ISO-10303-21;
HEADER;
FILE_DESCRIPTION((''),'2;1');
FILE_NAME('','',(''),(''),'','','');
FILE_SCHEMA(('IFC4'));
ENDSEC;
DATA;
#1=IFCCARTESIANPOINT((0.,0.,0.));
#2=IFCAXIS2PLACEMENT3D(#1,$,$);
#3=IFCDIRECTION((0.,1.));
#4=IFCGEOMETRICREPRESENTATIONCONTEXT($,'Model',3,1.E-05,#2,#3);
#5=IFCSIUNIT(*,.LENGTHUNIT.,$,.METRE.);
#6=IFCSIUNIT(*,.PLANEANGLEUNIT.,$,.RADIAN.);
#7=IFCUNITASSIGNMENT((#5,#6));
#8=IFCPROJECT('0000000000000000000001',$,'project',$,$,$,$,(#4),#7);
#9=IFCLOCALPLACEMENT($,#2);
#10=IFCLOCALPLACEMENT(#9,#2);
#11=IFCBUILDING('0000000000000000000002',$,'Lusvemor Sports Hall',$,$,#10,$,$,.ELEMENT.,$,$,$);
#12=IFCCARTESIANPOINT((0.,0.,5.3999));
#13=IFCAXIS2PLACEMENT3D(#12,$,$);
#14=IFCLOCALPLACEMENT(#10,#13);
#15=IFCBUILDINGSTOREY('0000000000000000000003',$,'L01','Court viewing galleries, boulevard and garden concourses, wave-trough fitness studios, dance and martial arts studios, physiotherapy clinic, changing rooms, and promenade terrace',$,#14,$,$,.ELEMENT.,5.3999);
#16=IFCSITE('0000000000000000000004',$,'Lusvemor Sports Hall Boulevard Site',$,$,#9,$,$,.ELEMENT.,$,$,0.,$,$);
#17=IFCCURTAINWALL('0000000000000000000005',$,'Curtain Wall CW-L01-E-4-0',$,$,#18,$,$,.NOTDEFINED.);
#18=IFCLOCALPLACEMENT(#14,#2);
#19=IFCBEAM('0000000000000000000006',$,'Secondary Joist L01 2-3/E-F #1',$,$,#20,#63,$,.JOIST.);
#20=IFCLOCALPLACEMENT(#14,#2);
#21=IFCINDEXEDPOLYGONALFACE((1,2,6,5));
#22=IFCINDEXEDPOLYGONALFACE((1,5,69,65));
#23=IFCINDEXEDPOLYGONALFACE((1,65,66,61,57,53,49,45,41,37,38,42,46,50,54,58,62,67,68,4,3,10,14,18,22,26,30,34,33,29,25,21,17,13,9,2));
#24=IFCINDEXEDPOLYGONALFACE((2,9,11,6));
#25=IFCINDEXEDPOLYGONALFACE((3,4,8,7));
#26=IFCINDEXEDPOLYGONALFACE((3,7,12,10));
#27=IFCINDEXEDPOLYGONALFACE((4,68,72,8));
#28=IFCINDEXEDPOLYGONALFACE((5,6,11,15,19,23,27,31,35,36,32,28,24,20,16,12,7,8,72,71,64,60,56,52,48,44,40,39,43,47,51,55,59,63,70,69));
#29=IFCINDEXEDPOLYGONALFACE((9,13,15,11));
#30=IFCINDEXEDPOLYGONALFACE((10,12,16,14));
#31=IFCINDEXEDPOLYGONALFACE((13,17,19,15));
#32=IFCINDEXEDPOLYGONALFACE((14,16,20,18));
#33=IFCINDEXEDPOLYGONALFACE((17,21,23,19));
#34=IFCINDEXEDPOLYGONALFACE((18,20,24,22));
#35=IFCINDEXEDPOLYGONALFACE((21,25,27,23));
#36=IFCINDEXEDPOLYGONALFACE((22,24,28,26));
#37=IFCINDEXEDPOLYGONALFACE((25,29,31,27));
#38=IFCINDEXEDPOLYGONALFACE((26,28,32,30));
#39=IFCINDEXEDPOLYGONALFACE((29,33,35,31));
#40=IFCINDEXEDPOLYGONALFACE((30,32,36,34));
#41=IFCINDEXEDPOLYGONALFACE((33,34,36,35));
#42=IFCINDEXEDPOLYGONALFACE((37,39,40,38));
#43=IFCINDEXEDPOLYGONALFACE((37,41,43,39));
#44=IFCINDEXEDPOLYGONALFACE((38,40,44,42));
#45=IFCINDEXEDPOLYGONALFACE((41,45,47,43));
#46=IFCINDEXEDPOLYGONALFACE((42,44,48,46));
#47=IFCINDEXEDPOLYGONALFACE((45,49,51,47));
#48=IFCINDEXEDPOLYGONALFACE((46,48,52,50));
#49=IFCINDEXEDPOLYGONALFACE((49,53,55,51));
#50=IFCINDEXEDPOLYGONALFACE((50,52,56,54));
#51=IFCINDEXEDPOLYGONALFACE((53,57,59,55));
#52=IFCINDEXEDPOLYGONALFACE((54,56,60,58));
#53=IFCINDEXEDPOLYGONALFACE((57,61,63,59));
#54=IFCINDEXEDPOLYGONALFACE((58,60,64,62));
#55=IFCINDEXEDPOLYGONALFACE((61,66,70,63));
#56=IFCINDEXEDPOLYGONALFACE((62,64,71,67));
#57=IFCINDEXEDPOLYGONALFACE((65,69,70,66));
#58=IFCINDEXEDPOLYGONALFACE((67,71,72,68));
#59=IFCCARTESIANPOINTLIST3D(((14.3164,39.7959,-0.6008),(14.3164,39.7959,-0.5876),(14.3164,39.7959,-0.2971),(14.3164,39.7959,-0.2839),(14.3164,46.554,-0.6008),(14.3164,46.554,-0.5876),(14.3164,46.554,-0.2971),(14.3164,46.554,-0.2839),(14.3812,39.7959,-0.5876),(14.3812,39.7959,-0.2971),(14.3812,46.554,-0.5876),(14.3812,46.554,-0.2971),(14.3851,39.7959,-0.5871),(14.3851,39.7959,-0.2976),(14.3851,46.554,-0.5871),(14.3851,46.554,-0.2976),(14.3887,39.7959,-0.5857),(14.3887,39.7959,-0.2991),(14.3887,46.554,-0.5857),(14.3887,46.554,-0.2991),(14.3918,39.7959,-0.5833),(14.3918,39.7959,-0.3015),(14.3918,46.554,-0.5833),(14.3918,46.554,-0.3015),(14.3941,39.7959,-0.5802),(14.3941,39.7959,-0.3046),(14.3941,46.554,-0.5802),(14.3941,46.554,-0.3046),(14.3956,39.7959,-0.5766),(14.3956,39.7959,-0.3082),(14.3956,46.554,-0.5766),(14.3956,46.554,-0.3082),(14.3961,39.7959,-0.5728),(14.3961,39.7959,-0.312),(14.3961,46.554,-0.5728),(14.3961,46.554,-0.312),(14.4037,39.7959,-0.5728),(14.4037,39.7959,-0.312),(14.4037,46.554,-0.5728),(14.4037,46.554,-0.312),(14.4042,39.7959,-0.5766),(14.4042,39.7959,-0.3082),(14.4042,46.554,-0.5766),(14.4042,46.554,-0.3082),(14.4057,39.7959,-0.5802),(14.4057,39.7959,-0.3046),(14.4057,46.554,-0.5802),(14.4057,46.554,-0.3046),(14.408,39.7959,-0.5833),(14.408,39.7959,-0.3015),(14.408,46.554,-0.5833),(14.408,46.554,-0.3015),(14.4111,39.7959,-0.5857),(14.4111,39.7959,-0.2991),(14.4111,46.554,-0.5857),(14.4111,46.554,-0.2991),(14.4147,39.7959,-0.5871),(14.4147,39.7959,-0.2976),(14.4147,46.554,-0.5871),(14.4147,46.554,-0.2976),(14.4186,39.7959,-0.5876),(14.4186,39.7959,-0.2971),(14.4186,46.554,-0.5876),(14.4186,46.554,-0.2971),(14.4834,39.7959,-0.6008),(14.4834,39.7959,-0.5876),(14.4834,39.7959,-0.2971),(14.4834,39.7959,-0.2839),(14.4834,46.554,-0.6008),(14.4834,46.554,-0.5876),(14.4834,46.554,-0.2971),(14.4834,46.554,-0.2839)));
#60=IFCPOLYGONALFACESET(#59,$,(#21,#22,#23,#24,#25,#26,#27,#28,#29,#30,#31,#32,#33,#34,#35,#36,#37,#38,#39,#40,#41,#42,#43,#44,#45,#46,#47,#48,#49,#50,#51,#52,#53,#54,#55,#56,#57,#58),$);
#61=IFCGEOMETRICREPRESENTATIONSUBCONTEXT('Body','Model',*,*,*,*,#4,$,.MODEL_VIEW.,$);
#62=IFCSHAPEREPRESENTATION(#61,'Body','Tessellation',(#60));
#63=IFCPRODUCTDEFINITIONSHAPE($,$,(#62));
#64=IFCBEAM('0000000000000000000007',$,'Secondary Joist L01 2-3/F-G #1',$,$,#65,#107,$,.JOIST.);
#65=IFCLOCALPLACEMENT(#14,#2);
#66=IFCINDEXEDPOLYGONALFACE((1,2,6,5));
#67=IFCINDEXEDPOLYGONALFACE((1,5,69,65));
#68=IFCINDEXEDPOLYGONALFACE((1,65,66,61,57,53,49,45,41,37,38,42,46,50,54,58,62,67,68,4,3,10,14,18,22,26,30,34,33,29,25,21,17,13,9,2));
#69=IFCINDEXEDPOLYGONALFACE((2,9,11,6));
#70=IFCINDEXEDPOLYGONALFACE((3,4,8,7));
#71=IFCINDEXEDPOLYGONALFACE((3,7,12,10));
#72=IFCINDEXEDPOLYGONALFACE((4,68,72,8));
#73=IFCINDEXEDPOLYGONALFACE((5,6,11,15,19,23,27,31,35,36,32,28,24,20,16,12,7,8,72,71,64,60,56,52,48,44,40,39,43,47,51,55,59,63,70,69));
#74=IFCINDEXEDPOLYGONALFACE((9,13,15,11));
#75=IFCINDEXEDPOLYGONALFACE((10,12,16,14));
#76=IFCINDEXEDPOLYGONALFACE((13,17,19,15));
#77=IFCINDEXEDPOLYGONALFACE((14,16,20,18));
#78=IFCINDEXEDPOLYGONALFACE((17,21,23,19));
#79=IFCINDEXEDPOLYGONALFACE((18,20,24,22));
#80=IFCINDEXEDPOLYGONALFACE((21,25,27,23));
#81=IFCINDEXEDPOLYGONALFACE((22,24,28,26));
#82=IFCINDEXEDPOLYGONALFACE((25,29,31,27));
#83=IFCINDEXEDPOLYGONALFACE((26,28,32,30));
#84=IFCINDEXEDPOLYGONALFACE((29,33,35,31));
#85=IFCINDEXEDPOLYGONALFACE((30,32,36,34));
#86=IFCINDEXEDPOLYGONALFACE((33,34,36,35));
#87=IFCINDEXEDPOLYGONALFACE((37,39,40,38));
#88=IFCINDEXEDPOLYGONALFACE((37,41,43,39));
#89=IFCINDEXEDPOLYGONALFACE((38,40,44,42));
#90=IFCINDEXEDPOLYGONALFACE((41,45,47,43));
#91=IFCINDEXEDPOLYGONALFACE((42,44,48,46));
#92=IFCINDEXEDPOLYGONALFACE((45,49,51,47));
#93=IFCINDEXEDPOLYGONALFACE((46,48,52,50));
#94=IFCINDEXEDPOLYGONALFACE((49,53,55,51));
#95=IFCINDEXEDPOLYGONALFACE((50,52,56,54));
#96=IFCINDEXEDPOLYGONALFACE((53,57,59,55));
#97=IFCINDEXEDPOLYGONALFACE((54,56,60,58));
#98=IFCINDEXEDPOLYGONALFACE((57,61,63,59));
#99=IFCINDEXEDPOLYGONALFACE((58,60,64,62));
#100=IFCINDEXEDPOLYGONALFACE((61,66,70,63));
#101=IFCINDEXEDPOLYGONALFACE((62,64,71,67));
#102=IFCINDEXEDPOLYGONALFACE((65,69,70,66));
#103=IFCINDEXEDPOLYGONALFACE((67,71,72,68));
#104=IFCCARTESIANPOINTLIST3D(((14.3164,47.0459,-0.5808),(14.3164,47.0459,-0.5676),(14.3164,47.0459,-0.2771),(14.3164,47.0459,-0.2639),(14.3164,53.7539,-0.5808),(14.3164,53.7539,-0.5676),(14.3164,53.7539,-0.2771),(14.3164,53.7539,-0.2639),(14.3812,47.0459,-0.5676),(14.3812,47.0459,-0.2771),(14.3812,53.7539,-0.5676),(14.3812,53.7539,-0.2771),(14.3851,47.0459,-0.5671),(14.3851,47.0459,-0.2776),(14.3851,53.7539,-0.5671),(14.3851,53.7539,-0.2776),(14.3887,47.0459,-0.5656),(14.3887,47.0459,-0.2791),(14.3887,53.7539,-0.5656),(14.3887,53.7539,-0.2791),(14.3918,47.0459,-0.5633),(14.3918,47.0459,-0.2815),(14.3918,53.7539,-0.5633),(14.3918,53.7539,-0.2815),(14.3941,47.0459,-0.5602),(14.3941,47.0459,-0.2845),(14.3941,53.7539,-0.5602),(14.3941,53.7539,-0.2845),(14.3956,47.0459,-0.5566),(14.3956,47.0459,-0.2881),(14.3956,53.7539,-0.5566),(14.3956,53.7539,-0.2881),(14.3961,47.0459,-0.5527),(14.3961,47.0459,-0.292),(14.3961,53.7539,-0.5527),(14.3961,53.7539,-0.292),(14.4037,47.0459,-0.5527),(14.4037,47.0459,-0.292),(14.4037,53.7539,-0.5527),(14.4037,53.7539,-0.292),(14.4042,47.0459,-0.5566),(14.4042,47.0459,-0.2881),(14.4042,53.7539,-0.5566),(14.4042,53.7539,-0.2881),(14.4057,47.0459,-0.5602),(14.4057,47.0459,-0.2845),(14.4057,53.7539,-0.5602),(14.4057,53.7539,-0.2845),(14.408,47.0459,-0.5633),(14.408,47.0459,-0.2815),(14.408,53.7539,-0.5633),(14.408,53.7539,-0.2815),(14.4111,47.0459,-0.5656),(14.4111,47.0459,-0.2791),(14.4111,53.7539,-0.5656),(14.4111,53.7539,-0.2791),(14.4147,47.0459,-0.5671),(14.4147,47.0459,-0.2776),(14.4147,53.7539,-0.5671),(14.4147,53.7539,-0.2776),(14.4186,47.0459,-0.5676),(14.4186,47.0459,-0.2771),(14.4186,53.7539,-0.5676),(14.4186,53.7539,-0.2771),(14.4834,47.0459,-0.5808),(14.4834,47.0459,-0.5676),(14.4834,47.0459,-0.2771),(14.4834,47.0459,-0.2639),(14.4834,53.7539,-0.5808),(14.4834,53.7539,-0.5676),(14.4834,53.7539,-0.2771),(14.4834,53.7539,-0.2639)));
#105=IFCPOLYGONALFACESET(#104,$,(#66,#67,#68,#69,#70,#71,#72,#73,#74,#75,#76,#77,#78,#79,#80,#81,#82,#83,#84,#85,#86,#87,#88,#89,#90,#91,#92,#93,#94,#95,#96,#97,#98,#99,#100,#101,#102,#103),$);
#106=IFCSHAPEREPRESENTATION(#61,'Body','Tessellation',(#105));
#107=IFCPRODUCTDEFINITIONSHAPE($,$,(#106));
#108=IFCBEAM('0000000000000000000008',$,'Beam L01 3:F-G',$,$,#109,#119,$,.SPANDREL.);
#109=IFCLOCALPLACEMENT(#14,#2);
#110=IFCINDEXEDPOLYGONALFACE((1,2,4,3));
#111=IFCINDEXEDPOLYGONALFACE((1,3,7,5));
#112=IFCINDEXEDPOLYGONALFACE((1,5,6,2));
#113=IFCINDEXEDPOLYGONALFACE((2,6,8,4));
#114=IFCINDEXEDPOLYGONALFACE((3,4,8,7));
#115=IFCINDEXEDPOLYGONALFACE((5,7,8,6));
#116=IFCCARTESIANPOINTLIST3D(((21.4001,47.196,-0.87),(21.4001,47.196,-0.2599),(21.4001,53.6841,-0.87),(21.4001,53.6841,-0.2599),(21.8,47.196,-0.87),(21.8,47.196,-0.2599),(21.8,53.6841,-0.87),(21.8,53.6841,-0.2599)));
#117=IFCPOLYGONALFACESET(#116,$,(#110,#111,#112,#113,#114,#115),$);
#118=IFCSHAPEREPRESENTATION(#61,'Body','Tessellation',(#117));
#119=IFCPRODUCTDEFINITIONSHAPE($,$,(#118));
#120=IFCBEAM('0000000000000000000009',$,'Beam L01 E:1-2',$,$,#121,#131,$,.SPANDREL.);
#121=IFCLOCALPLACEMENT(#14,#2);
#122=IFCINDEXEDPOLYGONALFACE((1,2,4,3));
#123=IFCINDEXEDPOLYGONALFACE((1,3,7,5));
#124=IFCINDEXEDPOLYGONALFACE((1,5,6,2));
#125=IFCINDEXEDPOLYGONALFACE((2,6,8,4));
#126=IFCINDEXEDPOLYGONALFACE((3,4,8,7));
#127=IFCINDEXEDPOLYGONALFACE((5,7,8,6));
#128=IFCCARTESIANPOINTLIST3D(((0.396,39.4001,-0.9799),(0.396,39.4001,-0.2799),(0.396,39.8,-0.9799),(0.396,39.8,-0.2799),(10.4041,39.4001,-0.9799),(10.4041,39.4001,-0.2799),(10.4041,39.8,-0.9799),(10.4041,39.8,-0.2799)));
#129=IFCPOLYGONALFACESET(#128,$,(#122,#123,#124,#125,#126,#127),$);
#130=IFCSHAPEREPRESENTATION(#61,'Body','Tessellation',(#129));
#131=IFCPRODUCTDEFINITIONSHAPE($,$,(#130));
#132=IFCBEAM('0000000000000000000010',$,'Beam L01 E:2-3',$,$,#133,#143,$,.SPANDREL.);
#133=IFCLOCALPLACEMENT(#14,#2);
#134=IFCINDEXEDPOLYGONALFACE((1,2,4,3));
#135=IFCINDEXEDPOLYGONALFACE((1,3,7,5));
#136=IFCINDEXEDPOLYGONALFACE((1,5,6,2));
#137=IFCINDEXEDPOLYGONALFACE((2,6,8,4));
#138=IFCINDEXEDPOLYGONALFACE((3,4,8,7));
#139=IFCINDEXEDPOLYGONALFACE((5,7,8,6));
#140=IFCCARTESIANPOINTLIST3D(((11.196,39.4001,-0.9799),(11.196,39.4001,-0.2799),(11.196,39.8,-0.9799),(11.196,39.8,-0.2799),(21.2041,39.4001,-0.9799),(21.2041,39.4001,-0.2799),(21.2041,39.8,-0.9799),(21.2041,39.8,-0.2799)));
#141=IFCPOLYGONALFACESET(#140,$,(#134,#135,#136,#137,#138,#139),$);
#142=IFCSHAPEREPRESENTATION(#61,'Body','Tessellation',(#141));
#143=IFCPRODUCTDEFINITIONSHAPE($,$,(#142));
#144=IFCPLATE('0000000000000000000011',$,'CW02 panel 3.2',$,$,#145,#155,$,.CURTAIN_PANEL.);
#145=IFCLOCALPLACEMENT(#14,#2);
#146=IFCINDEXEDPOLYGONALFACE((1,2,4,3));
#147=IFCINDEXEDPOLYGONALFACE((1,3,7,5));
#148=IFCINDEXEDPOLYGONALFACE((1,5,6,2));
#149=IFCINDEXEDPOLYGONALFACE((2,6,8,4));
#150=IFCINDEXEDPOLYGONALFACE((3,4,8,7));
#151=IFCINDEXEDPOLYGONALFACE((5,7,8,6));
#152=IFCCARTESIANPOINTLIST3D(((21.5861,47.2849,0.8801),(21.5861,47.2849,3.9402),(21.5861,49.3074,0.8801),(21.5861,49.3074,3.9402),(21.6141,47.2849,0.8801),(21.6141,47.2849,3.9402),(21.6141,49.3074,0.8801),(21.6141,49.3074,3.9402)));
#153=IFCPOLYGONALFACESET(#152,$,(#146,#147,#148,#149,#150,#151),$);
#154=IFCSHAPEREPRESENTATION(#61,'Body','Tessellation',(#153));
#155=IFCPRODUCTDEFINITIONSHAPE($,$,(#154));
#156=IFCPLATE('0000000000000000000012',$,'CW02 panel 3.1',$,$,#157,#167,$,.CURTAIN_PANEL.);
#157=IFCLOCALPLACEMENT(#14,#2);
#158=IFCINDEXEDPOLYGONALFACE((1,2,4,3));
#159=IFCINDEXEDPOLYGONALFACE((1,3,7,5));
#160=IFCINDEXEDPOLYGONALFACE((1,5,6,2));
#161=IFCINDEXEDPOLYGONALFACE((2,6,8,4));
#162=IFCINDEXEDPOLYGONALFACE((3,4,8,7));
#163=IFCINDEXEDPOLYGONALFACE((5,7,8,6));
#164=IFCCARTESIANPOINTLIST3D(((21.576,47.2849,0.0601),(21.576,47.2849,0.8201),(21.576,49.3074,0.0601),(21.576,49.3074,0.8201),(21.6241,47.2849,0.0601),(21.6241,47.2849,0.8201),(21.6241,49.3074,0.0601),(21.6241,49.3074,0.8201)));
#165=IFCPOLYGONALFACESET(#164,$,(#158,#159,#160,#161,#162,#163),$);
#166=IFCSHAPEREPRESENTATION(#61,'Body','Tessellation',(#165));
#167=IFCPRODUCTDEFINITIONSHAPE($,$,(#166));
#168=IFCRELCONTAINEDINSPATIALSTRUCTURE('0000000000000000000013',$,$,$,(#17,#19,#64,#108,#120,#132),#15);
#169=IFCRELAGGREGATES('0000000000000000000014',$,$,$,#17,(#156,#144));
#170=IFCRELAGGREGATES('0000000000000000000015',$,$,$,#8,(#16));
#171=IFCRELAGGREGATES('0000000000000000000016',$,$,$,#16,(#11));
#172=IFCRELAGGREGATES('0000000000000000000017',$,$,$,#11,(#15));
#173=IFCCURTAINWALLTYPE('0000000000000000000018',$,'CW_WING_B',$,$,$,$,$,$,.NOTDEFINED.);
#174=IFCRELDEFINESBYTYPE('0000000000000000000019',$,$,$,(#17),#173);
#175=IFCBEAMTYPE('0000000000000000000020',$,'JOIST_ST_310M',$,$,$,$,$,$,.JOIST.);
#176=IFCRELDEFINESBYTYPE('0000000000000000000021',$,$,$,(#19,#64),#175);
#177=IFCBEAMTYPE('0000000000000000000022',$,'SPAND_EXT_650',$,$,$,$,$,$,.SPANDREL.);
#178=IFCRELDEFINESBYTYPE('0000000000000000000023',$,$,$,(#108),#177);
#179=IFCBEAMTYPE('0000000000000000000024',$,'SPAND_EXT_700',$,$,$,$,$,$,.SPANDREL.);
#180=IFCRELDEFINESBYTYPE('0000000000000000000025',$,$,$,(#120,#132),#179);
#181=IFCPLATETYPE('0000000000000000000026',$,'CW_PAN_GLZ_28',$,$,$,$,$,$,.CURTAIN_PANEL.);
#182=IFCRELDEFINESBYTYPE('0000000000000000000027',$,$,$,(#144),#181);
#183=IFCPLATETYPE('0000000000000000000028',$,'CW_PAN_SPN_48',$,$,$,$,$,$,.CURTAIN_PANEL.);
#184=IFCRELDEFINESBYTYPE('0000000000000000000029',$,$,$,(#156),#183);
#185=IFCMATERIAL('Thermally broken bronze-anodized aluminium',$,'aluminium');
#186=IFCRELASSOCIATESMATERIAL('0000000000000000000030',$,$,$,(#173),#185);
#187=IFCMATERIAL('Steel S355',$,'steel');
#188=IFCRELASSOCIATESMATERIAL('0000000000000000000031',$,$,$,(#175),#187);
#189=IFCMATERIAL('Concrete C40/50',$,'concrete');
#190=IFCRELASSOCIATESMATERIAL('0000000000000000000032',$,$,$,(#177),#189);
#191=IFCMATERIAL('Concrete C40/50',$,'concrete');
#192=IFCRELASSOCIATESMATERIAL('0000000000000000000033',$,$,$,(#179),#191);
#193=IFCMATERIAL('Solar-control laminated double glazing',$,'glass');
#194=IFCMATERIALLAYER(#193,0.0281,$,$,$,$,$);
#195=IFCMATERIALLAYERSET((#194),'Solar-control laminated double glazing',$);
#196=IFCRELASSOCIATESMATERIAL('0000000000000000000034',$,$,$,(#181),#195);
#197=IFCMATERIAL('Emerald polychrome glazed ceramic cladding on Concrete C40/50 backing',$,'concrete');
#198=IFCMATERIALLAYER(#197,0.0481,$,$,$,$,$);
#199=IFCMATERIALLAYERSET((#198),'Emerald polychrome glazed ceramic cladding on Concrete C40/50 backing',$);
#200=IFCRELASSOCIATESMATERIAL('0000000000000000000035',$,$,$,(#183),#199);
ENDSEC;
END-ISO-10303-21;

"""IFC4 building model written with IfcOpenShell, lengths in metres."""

from ifc_helpers import new_model, si_unit, direction, frame, origin, origin_2d, place, context, subcontext, project, spatial, rectangle, i_section, extrude, material, layer, layer_set, material_profile, profile_set, type_object, element, aggregate, save


model = new_model("IFC4")

# Units and contexts
model_context = context("Model", 3, precision=1e-05, world=origin(), true_north=direction((0.0, 1.0)))
body_context = subcontext(model_context, "Body", "Model", "MODEL_VIEW")
ifc_project = project(units=[si_unit("LENGTHUNIT", "METRE"), si_unit("PLANEANGLEUNIT", "RADIAN")], contexts=[model_context])

# Site, building, storey
site_placement = place(None, origin())
site = spatial("IfcSite", under=ifc_project, at=site_placement, Name="Lusvemor Sports Hall Boulevard Site", CompositionType="ELEMENT", RefElevation=0.0)
building_placement = place(site_placement, origin())
building = spatial("IfcBuilding", under=site, at=building_placement, Name="Lusvemor Sports Hall", CompositionType="ELEMENT")
storey_placement = place(building_placement, frame((0.0, 0.0, 5.3999)))
storey = spatial("IfcBuildingStorey", under=building, at=storey_placement, Name="L01", Description="Court viewing galleries, boulevard and garden concourses, wave-trough fitness studios, dance and martial arts studios, physiotherapy clinic, changing rooms, and promenade terrace", CompositionType="ELEMENT", Elevation=5.3999)

# Curtain wall
ifc_material_1 = material(Name="Thermally broken bronze-anodized aluminium", Category="aluminium")
curtain_wall_type = type_object("IfcCurtainWallType", Name="CW_WING_B", PredefinedType="NOTDEFINED", material=ifc_material_1)
curtain_wall_placement = place(storey_placement, origin())
curtain_wall = element("IfcCurtainWall", 1, at=curtain_wall_placement, inside=storey, type_object=curtain_wall_type, Name="Curtain Wall CW-L01-E-4-0", PredefinedType="NOTDEFINED")

# Beams
ifc_material_2 = material(Name="Steel S355", Category="steel")
ifc_material_profile_1 = material_profile(ifc_material_2, i_section(OverallWidth=0.167, OverallDepth=0.3169, WebThickness=0.0076, FlangeThickness=0.0132, FilletRadius=0.0149, at=origin_2d()), Name="W310x52.0")
ifc_profile_set_1 = profile_set([ifc_material_profile_1], Name="Steel S355")
beam_type_1 = type_object("IfcBeamType", Name="JOIST_ST_310M", PredefinedType="JOIST", material=ifc_profile_set_1)
beam_1_placement = place(storey_placement, frame((14.3999, 39.7959, -0.4424), z_axis=(0.0, 1.0, 0.0), x_axis=(-1.0, 0.0, 0.0)))
element("IfcBeam", 2, at=beam_1_placement, inside=storey, type_object=beam_type_1, Name="Secondary Joist L01 2-3/E-F #1", PredefinedType="JOIST", context=body_context, shape_type="SweptSolid", body=[
    extrude(i_section(OverallWidth=0.167, OverallDepth=0.3169, WebThickness=0.0076, FlangeThickness=0.0132, FilletRadius=0.0149, at=origin_2d()), origin(), (0.0, 0.0, 1.0), 6.7581),
])
beam_2_placement = place(storey_placement, frame((14.3999, 47.0459, -0.4224), z_axis=(0.0, 1.0, 0.0), x_axis=(-1.0, 0.0, 0.0)))
element("IfcBeam", 3, at=beam_2_placement, inside=storey, type_object=beam_type_1, Name="Secondary Joist L01 2-3/F-G #1", PredefinedType="JOIST", context=body_context, shape_type="SweptSolid", body=[
    extrude(i_section(OverallWidth=0.167, OverallDepth=0.3169, WebThickness=0.0076, FlangeThickness=0.0132, FilletRadius=0.0149, at=origin_2d()), origin(), (0.0, 0.0, 1.0), 6.708),
])
ifc_material_3 = material(Name="Concrete C40/50", Category="concrete")
ifc_material_profile_2 = material_profile(ifc_material_3, rectangle(XDim=0.3999, YDim=0.6101, at=origin_2d()), Name="RC400x610")
ifc_profile_set_2 = profile_set([ifc_material_profile_2], Name="Concrete C40/50")
beam_type_2 = type_object("IfcBeamType", Name="SPAND_EXT_650", PredefinedType="SPANDREL", material=ifc_profile_set_2)
beam_3_placement = place(storey_placement, frame((21.6001, 47.196, -0.5649), z_axis=(0.0, 1.0, 0.0), x_axis=(-1.0, 0.0, 0.0)))
element("IfcBeam", 4, at=beam_3_placement, inside=storey, type_object=beam_type_2, Name="Beam L01 3:F-G", PredefinedType="SPANDREL", context=body_context, shape_type="SweptSolid", body=[
    extrude(rectangle(XDim=0.3999, YDim=0.6101, at=origin_2d()), origin(), (0.0, 0.0, 1.0), 6.488),
])
ifc_material_4 = material(Name="Concrete C40/50", Category="concrete")
ifc_material_profile_3 = material_profile(ifc_material_4, rectangle(XDim=0.3999, YDim=0.7, at=origin_2d()), Name="RC400x700")
ifc_profile_set_3 = profile_set([ifc_material_profile_3], Name="Concrete C40/50")
beam_type_3 = type_object("IfcBeamType", Name="SPAND_EXT_700", PredefinedType="SPANDREL", material=ifc_profile_set_3)
for number, where, z_axis, x_axis, name in (
    (5, (0.396, 39.6001, -0.6299), (1.0, 0.0, 0.0), (0.0, 1.0, 0.0), "Beam L01 E:1-2"),
    (6, (11.196, 39.6001, -0.6299), (1.0, 0.0, 0.0), (0.0, 1.0, 0.0), "Beam L01 E:2-3"),
):
    element("IfcBeam", number, at=place(storey_placement, frame(where, z_axis=z_axis, x_axis=x_axis)), inside=storey, type_object=beam_type_3, Name=name, PredefinedType="SPANDREL", context=body_context, shape_type="SweptSolid", body=[
        extrude(rectangle(XDim=0.3999, YDim=0.7, at=origin_2d()), origin(), (0.0, 0.0, 1.0), 10.0081),
    ])

# Plates
ifc_material_5 = material(Name="Solar-control laminated double glazing", Category="glass")
ifc_layer_1 = layer(ifc_material_5, 0.0281)
ifc_layer_set_1 = layer_set([ifc_layer_1], Name="Solar-control laminated double glazing")
plate_type_1 = type_object("IfcPlateType", Name="CW_PAN_GLZ_28", PredefinedType="CURTAIN_PANEL", material=ifc_layer_set_1)
plate_1_placement = place(storey_placement, frame((21.6001, 48.2961, 0.8801), z_axis=(0.0, 0.0, 1.0), x_axis=(0.0, -1.0, 0.0)))
plate_1 = element("IfcPlate", 7, at=plate_1_placement, type_object=plate_type_1, Name="CW02 panel 3.2", PredefinedType="CURTAIN_PANEL", context=body_context, shape_type="SweptSolid", body=[
    extrude(rectangle(XDim=2.0225, YDim=0.0281, at=origin_2d()), origin(), (0.0, 0.0, 1.0), 3.0601),
])
ifc_material_6 = material(Name="Emerald polychrome glazed ceramic cladding on Concrete C40/50 backing", Category="concrete")
ifc_layer_2 = layer(ifc_material_6, 0.0481)
ifc_layer_set_2 = layer_set([ifc_layer_2], Name="Emerald polychrome glazed ceramic cladding on Concrete C40/50 backing")
plate_type_2 = type_object("IfcPlateType", Name="CW_PAN_SPN_48", PredefinedType="CURTAIN_PANEL", material=ifc_layer_set_2)
plate_2_placement = place(storey_placement, frame((21.6001, 48.2961, 0.0601), z_axis=(0.0, 0.0, 1.0), x_axis=(0.0, -1.0, 0.0)))
plate_2 = element("IfcPlate", 8, at=plate_2_placement, type_object=plate_type_2, Name="CW02 panel 3.1", PredefinedType="CURTAIN_PANEL", context=body_context, shape_type="SweptSolid", body=[
    extrude(rectangle(XDim=2.0225, YDim=0.0481, at=origin_2d()), origin(), (0.0, 0.0, 1.0), 0.76),
])
aggregate(curtain_wall, [plate_2, plate_1])

save(model, "model.ifc")
